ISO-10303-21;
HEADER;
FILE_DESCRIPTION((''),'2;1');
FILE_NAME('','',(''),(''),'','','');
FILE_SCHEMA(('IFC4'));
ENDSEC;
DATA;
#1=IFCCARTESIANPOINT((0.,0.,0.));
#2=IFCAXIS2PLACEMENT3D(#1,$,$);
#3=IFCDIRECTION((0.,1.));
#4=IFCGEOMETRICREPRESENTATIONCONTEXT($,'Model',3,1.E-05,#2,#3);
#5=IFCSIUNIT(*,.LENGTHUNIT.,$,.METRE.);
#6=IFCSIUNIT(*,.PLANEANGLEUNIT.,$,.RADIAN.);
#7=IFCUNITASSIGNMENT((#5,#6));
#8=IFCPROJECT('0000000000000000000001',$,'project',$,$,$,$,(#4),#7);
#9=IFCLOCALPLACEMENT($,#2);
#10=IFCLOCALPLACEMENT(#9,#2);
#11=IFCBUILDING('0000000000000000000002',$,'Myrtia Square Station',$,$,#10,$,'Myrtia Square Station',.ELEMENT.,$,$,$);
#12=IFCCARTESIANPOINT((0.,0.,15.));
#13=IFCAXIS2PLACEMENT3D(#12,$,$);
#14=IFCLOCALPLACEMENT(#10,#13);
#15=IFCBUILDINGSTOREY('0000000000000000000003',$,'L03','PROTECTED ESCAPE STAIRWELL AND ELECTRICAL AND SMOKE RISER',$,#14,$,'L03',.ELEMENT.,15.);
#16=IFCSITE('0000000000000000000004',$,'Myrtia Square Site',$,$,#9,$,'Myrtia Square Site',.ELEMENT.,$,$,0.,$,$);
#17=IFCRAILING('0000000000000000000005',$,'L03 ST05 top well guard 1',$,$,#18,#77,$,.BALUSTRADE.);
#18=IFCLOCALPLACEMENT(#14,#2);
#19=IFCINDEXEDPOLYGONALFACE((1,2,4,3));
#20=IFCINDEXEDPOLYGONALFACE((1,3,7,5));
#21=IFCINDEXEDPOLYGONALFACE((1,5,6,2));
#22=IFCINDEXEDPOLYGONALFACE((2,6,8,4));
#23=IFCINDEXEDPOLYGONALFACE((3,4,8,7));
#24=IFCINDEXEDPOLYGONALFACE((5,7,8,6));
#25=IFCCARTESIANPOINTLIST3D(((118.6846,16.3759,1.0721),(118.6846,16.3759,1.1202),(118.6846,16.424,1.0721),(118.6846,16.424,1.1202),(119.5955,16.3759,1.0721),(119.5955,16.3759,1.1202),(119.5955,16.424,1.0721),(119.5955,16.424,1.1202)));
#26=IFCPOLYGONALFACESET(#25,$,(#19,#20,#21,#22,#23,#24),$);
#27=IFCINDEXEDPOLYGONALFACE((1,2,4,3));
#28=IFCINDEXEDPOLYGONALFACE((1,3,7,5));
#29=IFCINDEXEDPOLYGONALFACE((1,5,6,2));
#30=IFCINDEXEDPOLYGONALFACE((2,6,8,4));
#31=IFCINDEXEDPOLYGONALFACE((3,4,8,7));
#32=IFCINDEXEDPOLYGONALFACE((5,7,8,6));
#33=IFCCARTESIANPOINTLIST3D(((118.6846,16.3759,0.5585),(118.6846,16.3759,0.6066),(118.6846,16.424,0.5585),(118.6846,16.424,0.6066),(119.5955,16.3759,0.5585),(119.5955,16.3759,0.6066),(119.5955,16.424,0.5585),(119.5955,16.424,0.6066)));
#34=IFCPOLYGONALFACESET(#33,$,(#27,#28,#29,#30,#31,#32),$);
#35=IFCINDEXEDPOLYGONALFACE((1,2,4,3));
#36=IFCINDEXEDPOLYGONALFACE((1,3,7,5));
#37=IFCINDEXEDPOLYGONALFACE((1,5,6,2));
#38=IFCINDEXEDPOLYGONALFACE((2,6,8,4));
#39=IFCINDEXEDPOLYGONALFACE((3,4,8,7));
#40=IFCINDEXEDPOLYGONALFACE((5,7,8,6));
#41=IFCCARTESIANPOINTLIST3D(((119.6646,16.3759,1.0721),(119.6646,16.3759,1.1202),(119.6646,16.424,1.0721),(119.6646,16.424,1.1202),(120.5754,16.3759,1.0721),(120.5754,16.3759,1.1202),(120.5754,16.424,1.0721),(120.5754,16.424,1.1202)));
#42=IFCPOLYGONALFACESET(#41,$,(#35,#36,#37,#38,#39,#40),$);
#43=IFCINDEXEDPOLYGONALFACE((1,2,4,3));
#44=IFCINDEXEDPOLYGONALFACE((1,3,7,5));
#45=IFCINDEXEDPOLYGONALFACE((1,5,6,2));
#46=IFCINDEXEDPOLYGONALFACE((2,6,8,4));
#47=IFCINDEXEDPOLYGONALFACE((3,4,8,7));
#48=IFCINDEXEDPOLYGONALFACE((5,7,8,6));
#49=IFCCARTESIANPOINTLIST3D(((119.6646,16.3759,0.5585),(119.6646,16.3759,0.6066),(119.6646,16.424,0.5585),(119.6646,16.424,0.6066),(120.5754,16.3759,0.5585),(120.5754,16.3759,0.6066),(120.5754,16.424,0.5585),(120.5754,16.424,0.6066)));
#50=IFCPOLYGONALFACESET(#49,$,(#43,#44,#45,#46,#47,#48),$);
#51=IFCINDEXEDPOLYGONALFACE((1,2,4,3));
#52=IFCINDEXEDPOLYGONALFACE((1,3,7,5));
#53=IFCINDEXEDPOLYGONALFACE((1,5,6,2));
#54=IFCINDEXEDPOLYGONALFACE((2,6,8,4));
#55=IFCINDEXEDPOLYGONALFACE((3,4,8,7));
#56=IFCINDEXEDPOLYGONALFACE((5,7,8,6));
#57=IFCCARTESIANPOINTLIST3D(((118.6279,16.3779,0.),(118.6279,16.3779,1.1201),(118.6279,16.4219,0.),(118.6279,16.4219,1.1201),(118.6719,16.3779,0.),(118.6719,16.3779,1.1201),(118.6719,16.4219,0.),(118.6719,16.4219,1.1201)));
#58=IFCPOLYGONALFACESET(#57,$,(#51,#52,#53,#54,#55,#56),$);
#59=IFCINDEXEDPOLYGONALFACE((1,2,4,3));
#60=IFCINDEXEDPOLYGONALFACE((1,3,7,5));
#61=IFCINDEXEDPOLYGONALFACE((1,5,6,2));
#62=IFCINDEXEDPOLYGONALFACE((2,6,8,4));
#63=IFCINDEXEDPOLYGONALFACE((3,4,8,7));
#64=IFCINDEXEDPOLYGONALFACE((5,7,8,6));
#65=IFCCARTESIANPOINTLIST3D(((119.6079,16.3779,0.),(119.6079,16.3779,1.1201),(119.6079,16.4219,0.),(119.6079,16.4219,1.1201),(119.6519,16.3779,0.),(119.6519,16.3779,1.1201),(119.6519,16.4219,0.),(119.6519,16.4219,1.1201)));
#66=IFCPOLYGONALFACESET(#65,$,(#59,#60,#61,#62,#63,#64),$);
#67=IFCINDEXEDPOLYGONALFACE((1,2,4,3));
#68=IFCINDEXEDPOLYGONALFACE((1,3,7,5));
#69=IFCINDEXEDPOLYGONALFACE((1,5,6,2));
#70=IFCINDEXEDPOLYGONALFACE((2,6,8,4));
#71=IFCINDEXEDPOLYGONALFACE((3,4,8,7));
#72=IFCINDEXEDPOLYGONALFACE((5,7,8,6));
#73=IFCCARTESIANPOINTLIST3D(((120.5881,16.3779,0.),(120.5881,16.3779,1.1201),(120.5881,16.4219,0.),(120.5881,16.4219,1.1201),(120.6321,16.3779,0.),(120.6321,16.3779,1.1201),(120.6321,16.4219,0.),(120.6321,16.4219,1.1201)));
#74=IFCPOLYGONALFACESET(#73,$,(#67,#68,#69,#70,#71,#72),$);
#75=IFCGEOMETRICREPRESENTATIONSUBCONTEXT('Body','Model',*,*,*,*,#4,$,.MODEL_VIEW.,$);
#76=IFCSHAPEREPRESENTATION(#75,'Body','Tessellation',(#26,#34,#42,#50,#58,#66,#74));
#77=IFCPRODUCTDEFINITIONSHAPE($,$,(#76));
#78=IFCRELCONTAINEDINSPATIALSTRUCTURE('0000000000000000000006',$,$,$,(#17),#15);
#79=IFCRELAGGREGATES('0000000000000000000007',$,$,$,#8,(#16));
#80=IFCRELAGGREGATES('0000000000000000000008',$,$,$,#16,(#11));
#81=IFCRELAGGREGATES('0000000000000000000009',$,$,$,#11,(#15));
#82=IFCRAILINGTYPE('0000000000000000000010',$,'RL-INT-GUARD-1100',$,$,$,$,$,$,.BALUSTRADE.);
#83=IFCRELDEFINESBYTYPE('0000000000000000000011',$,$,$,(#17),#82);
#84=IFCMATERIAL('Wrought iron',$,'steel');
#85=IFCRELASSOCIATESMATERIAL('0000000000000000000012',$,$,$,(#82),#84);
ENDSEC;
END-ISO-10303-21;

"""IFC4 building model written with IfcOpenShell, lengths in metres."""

from ifc_helpers import new_model, si_unit, direction, frame, origin, origin_2d, place, context, subcontext, project, spatial, rectangle, extrude, material, type_object, element, save


model = new_model("IFC4")

# Units and contexts
model_context = context("Model", 3, precision=1e-05, world=origin(), true_north=direction((0.0, 1.0)))
body_context = subcontext(model_context, "Body", "Model", "MODEL_VIEW")
ifc_project = project(units=[si_unit("LENGTHUNIT", "METRE"), si_unit("PLANEANGLEUNIT", "RADIAN")], contexts=[model_context])

# Site, building, storey
site_placement = place(None, origin())
site = spatial("IfcSite", under=ifc_project, at=site_placement, Name="Myrtia Square Site", LongName="Myrtia Square Site", CompositionType="ELEMENT", RefElevation=0.0)
building_placement = place(site_placement, origin())
building = spatial("IfcBuilding", under=site, at=building_placement, Name="Myrtia Square Station", LongName="Myrtia Square Station", CompositionType="ELEMENT")
storey_placement = place(building_placement, frame((0.0, 0.0, 15.0)))
storey = spatial("IfcBuildingStorey", under=building, at=storey_placement, Name="L03", Description="PROTECTED ESCAPE STAIRWELL AND ELECTRICAL AND SMOKE RISER", LongName="L03", CompositionType="ELEMENT", Elevation=15.0)

# Railing
ifc_material_1 = material(Name="Wrought iron", Category="steel")
railing_type = type_object("IfcRailingType", Name="RL-INT-GUARD-1100", PredefinedType="BALUSTRADE", material=ifc_material_1)
railing_placement = place(storey_placement, frame((118.6499, 16.3999, 0.0)))
element("IfcRailing", 1, at=railing_placement, inside=storey, type_object=railing_type, Name="L03 ST05 top well guard 1", PredefinedType="BALUSTRADE", context=body_context, shape_type="SweptSolid", body=[
    extrude(rectangle(XDim=0.0481, YDim=0.0481, at=origin_2d()), frame((0.0347, 0.0, 1.0962), z_axis=(1.0, 0.0, 0.0), x_axis=(0.0, 1.0, 0.0)), (0.0, 0.0, 1.0), 0.9109),
    extrude(rectangle(XDim=0.0481, YDim=0.0481, at=origin_2d()), frame((0.0347, 0.0, 0.5825), z_axis=(1.0, 0.0, 0.0), x_axis=(0.0, 1.0, 0.0)), (0.0, 0.0, 1.0), 0.9109),
    extrude(rectangle(XDim=0.0481, YDim=0.0481, at=origin_2d()), frame((1.0146, 0.0, 1.0962), z_axis=(1.0, 0.0, 0.0), x_axis=(0.0, 1.0, 0.0)), (0.0, 0.0, 1.0), 0.9109),
    extrude(rectangle(XDim=0.0481, YDim=0.0481, at=origin_2d()), frame((1.0146, 0.0, 0.5825), z_axis=(1.0, 0.0, 0.0), x_axis=(0.0, 1.0, 0.0)), (0.0, 0.0, 1.0), 0.9109),
    extrude(rectangle(XDim=0.0439, YDim=0.0439, at=origin_2d()), origin(), (0.0, 0.0, 1.0), 1.1201),
    extrude(rectangle(XDim=0.0439, YDim=0.0439, at=origin_2d()), frame((0.98, 0.0, 0.0)), (0.0, 0.0, 1.0), 1.1201),
    extrude(rectangle(XDim=0.0439, YDim=0.0439, at=origin_2d()), frame((1.9602, 0.0, 0.0)), (0.0, 0.0, 1.0), 1.1201),
])

save(model, "model.ifc")
